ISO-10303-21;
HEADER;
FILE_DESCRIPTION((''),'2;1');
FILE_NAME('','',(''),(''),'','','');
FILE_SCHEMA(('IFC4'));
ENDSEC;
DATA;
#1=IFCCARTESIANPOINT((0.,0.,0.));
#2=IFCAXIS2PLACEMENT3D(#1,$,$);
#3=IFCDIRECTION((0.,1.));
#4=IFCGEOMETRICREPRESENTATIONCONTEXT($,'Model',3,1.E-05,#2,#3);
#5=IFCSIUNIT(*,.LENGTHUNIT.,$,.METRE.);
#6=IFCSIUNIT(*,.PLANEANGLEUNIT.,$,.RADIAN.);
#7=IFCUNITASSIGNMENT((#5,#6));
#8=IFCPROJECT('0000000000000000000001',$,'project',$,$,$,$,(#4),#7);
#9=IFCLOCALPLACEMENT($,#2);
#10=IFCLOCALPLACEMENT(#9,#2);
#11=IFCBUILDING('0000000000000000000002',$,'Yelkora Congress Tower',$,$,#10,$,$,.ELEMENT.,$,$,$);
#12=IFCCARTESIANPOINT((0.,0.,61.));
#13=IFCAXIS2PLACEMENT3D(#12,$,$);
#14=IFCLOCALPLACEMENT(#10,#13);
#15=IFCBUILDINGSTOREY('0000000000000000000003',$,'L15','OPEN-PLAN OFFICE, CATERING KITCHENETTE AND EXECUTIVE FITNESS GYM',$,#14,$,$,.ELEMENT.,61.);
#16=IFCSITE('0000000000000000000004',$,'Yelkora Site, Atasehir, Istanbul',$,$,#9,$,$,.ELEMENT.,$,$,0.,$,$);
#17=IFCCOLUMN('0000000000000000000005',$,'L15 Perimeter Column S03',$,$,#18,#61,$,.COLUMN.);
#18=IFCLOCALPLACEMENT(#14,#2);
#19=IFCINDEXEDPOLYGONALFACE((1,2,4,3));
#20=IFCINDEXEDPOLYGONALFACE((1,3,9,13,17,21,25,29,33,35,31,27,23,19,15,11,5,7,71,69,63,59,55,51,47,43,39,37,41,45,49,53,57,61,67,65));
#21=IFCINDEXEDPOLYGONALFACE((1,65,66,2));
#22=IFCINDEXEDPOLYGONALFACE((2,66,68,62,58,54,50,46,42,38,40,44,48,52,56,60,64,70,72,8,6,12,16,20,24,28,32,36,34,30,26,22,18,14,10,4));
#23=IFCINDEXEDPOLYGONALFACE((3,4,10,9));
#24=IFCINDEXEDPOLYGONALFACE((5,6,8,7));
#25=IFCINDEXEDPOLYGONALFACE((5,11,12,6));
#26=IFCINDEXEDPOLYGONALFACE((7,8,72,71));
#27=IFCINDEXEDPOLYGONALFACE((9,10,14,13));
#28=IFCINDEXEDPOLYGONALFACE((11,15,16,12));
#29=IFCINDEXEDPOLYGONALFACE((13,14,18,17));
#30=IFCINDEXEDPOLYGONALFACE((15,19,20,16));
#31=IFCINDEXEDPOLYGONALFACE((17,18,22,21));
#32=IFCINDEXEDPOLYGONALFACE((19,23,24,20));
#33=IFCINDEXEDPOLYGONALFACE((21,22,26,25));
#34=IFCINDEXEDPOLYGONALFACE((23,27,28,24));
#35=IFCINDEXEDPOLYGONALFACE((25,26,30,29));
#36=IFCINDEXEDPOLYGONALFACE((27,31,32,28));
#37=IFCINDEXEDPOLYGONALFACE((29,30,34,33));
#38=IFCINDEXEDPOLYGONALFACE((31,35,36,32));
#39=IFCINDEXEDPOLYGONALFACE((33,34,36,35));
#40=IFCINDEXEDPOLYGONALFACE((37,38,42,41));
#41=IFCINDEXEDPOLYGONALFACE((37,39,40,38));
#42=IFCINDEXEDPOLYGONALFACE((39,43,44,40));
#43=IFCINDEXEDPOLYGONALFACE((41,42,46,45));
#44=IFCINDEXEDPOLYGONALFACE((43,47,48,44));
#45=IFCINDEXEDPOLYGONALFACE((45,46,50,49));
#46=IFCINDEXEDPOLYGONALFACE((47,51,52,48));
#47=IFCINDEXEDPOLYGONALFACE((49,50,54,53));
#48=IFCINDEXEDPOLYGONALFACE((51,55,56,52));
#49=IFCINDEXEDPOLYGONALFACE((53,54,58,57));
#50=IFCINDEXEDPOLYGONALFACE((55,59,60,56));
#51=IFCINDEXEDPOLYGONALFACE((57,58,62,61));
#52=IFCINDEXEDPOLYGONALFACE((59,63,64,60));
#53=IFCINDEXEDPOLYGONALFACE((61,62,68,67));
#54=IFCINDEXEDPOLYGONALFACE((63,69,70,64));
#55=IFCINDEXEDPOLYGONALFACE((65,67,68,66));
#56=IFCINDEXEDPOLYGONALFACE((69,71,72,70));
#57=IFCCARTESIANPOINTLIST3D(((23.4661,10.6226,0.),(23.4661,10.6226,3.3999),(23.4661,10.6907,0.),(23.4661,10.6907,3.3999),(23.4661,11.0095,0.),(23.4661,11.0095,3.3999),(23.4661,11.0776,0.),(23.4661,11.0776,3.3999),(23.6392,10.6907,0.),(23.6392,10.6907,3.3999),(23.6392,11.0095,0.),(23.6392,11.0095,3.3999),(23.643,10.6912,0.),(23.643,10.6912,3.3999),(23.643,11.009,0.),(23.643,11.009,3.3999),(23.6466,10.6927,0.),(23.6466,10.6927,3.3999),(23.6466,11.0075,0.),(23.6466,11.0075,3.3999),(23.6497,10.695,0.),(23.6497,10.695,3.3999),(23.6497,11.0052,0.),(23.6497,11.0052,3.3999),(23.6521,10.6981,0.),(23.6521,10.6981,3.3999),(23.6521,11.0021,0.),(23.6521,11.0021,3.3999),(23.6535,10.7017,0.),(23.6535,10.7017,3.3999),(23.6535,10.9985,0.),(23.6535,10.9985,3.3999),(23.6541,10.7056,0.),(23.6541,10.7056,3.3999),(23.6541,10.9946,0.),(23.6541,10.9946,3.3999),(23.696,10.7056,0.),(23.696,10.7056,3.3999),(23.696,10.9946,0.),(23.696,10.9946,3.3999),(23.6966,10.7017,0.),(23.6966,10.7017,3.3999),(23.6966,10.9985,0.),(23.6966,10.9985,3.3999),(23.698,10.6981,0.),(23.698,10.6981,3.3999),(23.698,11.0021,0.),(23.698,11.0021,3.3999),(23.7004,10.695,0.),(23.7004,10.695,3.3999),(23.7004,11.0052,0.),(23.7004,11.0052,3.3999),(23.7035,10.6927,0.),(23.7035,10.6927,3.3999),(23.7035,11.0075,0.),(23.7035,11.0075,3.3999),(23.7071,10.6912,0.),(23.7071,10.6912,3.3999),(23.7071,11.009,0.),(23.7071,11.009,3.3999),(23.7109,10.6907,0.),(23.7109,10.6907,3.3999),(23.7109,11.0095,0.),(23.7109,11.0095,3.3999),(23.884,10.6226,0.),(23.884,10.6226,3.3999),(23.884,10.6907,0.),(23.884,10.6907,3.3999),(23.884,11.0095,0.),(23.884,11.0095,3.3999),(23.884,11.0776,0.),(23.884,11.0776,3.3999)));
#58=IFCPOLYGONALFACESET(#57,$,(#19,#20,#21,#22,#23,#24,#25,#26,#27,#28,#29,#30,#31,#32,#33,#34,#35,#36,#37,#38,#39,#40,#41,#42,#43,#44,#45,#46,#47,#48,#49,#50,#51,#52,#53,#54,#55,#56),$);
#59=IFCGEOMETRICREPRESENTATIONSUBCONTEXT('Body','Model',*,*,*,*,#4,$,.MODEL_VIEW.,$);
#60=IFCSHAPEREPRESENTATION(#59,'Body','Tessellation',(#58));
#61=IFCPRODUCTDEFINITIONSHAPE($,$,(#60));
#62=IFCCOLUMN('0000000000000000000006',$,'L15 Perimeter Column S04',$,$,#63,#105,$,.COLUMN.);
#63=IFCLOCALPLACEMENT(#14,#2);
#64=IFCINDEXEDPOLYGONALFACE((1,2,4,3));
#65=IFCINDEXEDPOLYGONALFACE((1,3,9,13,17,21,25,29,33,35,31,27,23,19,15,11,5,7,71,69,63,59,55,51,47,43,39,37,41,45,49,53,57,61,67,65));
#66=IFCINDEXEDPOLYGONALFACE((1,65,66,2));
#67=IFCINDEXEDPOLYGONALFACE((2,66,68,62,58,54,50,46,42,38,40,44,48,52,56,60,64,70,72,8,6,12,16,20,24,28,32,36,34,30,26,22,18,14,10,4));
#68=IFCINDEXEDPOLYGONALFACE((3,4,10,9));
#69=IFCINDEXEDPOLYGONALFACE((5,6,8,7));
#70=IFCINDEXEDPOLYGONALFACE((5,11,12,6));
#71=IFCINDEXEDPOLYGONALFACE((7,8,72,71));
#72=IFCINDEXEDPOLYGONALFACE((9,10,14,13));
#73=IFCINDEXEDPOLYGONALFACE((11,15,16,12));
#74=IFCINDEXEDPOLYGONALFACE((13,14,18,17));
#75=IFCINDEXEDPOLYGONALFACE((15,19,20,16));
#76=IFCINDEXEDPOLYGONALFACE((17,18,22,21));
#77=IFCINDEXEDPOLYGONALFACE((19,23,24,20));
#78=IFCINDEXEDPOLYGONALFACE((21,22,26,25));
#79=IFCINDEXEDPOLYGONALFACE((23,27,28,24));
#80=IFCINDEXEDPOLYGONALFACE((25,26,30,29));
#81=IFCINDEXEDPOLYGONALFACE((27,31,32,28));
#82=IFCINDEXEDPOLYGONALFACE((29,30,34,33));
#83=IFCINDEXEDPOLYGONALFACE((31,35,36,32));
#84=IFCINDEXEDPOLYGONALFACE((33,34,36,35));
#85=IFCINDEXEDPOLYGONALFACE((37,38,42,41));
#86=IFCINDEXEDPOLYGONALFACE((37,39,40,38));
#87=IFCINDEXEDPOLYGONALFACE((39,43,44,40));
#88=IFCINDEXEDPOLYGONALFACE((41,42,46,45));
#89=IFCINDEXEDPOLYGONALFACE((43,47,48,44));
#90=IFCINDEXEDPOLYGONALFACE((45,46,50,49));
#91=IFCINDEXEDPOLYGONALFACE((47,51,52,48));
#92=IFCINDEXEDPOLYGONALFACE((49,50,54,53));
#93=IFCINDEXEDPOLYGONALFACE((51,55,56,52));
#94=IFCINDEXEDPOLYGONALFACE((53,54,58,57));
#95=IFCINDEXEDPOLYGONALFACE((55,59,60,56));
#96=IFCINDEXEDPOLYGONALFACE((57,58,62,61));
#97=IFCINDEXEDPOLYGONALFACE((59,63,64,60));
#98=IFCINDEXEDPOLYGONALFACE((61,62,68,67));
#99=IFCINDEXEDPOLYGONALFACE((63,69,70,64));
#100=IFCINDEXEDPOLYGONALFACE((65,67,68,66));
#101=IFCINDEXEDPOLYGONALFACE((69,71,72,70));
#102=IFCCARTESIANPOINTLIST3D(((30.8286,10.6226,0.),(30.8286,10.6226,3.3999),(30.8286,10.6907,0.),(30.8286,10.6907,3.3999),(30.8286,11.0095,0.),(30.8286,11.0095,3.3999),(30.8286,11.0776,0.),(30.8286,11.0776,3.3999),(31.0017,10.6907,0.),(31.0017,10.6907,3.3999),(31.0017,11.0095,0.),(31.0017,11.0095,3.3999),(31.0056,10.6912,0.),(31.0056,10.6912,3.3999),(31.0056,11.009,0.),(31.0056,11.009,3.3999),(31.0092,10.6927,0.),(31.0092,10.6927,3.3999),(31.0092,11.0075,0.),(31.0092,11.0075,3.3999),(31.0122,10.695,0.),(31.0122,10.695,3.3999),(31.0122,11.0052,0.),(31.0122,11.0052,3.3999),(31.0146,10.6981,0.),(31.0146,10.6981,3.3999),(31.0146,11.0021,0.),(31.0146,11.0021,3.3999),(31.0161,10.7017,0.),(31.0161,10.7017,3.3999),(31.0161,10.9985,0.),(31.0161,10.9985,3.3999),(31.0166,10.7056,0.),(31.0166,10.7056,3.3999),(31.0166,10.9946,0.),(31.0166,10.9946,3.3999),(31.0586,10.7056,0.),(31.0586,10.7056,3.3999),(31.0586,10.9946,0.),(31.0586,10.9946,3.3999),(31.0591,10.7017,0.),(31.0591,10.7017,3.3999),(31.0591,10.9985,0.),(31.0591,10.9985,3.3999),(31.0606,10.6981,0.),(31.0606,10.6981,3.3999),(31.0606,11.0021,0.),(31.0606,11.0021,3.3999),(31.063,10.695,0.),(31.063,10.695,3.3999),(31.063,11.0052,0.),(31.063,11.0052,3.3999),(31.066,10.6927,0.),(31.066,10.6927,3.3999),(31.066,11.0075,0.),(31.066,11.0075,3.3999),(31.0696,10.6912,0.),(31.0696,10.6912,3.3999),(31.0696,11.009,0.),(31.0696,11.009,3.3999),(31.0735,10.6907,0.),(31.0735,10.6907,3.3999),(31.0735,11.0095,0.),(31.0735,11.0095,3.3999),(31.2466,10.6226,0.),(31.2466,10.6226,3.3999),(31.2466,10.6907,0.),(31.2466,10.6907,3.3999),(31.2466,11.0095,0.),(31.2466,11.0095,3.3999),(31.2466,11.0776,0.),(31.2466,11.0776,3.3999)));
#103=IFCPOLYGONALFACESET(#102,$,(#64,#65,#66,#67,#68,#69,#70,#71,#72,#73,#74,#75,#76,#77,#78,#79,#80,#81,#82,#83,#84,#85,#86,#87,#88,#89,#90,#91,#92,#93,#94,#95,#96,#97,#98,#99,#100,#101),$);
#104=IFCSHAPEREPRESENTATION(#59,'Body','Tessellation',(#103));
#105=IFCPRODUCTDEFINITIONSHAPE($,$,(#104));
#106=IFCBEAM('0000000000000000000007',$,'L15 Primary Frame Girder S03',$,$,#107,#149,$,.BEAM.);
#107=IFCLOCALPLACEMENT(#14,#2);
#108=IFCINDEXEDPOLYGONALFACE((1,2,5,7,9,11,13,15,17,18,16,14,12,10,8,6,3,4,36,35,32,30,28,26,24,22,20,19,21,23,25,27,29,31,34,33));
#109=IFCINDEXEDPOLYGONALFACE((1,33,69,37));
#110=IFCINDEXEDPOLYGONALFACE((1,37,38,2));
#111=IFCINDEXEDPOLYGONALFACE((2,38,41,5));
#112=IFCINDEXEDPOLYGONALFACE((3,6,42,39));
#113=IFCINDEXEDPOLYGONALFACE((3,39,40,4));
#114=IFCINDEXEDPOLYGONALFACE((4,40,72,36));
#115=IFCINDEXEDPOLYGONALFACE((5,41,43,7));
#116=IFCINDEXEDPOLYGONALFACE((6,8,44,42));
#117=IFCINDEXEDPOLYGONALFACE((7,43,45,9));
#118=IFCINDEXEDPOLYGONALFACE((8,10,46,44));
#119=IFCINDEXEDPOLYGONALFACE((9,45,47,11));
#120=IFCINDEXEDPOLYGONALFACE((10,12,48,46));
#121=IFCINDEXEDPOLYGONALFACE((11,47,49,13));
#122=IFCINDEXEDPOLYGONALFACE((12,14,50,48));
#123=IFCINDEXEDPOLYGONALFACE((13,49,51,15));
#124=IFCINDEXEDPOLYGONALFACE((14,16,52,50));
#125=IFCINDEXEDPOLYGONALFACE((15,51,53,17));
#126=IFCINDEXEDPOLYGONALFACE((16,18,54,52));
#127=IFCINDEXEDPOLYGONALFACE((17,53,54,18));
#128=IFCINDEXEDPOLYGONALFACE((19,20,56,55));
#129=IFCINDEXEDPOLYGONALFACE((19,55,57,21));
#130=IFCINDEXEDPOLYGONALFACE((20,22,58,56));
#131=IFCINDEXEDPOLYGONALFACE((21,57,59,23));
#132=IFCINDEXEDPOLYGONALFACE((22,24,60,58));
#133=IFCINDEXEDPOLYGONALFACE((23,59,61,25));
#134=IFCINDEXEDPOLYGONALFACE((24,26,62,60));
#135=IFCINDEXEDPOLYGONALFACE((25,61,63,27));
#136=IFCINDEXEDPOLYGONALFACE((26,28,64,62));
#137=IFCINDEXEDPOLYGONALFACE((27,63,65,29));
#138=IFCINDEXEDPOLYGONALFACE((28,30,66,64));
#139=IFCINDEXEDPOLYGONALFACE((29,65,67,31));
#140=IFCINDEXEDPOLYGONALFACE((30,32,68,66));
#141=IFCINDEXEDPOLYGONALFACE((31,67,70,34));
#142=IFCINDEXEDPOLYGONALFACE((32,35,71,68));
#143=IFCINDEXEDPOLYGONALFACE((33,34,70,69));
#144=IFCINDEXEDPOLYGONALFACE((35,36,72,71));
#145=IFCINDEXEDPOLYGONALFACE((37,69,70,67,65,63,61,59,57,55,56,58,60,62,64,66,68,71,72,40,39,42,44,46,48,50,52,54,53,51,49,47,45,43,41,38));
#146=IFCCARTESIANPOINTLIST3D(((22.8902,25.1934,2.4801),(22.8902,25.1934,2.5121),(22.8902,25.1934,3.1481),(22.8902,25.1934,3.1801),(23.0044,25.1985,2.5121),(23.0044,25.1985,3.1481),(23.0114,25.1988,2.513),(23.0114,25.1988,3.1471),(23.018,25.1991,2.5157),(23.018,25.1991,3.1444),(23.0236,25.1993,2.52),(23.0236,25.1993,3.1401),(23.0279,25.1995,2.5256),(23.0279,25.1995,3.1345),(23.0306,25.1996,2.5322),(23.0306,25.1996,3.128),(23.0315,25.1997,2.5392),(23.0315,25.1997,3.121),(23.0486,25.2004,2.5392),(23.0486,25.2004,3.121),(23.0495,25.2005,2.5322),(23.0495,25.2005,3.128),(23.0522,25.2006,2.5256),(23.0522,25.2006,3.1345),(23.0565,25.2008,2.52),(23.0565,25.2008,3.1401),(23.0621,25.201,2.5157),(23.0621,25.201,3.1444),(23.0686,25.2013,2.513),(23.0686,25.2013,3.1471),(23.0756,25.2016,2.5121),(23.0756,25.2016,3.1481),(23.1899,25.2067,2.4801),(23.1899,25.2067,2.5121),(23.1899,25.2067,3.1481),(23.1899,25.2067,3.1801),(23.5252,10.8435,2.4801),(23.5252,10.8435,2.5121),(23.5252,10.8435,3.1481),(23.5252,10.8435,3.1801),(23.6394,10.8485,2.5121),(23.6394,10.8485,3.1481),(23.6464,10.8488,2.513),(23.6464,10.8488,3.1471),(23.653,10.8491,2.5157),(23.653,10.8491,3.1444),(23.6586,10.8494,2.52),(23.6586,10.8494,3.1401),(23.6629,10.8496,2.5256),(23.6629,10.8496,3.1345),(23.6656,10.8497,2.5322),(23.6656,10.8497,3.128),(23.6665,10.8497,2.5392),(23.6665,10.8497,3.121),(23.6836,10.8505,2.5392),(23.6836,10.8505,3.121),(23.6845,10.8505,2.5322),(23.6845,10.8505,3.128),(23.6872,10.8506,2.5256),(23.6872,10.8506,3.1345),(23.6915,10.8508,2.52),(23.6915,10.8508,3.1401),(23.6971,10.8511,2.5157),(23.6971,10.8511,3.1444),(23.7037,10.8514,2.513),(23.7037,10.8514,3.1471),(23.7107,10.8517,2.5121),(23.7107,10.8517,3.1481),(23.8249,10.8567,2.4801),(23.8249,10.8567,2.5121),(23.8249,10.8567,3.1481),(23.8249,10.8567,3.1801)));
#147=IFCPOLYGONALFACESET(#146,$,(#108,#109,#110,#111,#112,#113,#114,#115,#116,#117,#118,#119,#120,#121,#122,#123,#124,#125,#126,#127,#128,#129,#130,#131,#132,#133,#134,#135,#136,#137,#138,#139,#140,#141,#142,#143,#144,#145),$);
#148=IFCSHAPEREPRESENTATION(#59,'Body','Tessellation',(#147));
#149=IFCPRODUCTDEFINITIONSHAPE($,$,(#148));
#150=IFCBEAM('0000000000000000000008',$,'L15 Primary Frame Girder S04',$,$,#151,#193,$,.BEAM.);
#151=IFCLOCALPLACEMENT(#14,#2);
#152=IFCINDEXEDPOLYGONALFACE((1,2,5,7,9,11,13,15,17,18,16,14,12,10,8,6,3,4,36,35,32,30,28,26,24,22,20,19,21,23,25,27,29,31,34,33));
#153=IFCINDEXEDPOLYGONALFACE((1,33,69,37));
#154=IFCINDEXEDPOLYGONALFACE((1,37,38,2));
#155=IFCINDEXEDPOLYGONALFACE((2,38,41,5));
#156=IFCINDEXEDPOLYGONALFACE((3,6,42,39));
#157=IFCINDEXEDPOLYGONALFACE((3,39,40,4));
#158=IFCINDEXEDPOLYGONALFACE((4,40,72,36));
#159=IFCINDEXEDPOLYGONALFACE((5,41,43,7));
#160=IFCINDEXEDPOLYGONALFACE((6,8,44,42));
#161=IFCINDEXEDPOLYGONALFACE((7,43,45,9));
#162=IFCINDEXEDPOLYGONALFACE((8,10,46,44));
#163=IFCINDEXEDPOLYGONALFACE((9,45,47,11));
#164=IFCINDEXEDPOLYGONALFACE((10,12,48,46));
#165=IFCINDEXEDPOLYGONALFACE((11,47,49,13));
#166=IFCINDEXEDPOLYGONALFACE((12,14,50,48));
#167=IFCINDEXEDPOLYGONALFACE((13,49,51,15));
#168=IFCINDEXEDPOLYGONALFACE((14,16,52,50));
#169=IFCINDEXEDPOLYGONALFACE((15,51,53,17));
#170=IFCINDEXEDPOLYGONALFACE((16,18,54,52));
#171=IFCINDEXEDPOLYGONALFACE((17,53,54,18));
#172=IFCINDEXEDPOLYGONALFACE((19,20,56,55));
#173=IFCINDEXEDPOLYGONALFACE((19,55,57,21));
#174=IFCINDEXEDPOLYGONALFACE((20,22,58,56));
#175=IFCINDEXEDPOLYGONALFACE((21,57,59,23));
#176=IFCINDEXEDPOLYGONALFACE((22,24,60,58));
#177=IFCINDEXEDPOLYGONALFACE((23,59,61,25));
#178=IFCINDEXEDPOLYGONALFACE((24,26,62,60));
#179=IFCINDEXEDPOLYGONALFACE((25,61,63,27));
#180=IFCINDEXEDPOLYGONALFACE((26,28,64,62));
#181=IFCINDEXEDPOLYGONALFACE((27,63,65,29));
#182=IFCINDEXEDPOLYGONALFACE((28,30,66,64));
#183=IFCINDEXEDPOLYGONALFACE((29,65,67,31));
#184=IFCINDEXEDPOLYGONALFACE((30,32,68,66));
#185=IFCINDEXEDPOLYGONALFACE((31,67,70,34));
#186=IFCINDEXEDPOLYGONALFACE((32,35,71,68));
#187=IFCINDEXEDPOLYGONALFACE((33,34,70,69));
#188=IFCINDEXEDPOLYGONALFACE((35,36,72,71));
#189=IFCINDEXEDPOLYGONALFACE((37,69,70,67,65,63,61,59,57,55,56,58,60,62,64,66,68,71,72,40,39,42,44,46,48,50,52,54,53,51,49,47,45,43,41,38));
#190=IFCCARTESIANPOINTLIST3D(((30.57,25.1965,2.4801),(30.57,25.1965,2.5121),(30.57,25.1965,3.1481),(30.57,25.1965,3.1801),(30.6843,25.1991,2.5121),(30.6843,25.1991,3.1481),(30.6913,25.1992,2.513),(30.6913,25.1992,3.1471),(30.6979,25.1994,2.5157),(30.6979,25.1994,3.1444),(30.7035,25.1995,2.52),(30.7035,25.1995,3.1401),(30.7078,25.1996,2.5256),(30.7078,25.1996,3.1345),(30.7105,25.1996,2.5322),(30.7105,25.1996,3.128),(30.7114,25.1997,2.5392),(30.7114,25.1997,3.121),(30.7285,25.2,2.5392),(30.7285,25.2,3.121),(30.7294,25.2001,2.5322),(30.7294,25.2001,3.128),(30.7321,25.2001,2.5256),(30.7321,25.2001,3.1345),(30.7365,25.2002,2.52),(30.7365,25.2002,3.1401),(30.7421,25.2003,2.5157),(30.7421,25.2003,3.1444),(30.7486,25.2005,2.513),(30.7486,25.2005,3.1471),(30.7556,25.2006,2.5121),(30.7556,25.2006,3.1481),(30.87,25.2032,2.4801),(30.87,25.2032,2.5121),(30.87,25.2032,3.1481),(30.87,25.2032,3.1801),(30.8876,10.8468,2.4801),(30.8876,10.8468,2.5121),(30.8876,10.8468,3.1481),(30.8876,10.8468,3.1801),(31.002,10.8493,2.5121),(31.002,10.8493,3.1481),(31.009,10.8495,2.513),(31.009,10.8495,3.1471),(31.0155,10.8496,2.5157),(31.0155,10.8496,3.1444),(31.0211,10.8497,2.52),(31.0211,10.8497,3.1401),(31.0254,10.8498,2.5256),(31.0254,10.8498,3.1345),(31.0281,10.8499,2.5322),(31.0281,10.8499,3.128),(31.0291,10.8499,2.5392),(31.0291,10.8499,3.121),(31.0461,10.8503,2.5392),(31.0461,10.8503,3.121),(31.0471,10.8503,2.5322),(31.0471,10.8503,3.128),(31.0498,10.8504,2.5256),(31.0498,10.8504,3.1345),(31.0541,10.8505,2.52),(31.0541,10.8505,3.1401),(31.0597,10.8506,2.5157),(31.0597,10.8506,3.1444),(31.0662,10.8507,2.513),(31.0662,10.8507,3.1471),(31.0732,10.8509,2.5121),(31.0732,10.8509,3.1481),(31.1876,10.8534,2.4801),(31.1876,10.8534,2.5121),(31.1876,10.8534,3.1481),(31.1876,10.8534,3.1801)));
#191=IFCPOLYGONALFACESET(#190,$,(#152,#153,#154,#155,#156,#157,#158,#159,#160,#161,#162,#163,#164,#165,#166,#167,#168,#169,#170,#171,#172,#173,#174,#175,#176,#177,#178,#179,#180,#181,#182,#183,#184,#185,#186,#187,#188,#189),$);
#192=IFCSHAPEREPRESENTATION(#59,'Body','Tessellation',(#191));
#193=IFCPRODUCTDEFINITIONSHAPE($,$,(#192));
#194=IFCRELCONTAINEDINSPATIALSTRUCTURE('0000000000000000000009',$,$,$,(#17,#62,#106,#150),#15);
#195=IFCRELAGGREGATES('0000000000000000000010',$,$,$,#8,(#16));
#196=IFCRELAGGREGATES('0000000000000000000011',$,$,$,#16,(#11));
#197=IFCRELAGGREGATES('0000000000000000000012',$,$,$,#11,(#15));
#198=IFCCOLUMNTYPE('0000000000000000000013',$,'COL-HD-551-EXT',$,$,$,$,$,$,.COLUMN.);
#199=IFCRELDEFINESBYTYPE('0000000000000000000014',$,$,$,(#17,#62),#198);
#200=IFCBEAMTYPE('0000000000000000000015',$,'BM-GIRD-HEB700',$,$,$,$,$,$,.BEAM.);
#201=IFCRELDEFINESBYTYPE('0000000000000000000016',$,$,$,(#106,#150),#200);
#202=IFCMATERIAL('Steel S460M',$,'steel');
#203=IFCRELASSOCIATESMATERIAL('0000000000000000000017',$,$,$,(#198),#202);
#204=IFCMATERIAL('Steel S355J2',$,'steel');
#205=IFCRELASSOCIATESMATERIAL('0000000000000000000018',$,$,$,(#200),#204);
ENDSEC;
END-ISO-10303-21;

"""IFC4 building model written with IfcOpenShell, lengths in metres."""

from ifc_helpers import new_model, si_unit, direction, frame, origin, origin_2d, place, context, subcontext, project, spatial, i_section, extrude, material, material_profile, profile_set, type_object, element, save


model = new_model("IFC4")

# Units and contexts
model_context = context("Model", 3, precision=1e-05, world=origin(), true_north=direction((0.0, 1.0)))
body_context = subcontext(model_context, "Body", "Model", "MODEL_VIEW")
ifc_project = project(units=[si_unit("LENGTHUNIT", "METRE"), si_unit("PLANEANGLEUNIT", "RADIAN")], contexts=[model_context])

# Site, building, storey
site_placement = place(None, origin())
site = spatial("IfcSite", under=ifc_project, at=site_placement, Name="Yelkora Site, Atasehir, Istanbul", CompositionType="ELEMENT", RefElevation=0.0)
building_placement = place(site_placement, origin())
building = spatial("IfcBuilding", under=site, at=building_placement, Name="Yelkora Congress Tower", CompositionType="ELEMENT")
storey_placement = place(building_placement, frame((0.0, 0.0, 61.0)))
storey = spatial("IfcBuildingStorey", under=building, at=storey_placement, Name="L15", Description="OPEN-PLAN OFFICE, CATERING KITCHENETTE AND EXECUTIVE FITNESS GYM", CompositionType="ELEMENT", Elevation=61.0)

# Columns
ifc_material_1 = material(Name="Steel S460M", Category="steel")
ifc_material_profile_1 = material_profile(ifc_material_1, i_section(OverallWidth=0.418, OverallDepth=0.4551, WebThickness=0.042, FlangeThickness=0.0681, FilletRadius=0.0149, at=origin_2d()), Name="HD 400x551")
ifc_profile_set_1 = profile_set([ifc_material_profile_1], Name="Steel S460M")
column_type = type_object("IfcColumnType", Name="COL-HD-551-EXT", PredefinedType="COLUMN", material=ifc_profile_set_1)
for number, where, z_axis, x_axis, name in (
    (1, (23.675, 10.8501, 0.0), (0.0, 0.0, 1.0), (1.0, 0.0, 0.0), "L15 Perimeter Column S03"),
    (2, (31.0376, 10.8501, 0.0), (0.0, 0.0, 1.0), (1.0, 0.0, 0.0), "L15 Perimeter Column S04"),
):
    element("IfcColumn", number, at=place(storey_placement, frame(where, z_axis=z_axis, x_axis=x_axis)), inside=storey, type_object=column_type, Name=name, PredefinedType="COLUMN", context=body_context, shape_type="SweptSolid", body=[
        extrude(i_section(OverallWidth=0.418, OverallDepth=0.4551, WebThickness=0.042, FlangeThickness=0.0681, FilletRadius=0.0149, at=origin_2d()), origin(), (0.0, 0.0, 1.0), 3.3999),
    ])

# Beams
ifc_material_2 = material(Name="Steel S355J2", Category="steel")
ifc_material_profile_2 = material_profile(ifc_material_2, i_section(OverallWidth=0.3, OverallDepth=0.7, WebThickness=0.0171, FlangeThickness=0.032, FilletRadius=0.0271, at=origin_2d()), Name="HEB 700")
ifc_profile_set_2 = profile_set([ifc_material_profile_2], Name="Steel S355J2")
beam_type_1 = type_object("IfcBeamType", Name="BM-GIRD-HEB700", PredefinedType="BEAM", material=ifc_profile_set_2)
beam_1_placement = place(storey_placement, frame((23.675, 10.8501, 2.8301), z_axis=(-0.044209, 0.999022, 0.0), x_axis=(-0.999022, -0.044209, 0.0)))
element("IfcBeam", 3, at=beam_1_placement, inside=storey, type_object=beam_type_1, Name="L15 Primary Frame Girder S03", PredefinedType="BEAM", context=body_context, shape_type="SweptSolid", body=[
    extrude(i_section(OverallWidth=0.3, OverallDepth=0.7, WebThickness=0.0171, FlangeThickness=0.032, FilletRadius=0.0271, at=origin_2d()), origin(), (0.0, 0.0, 1.0), 14.364),
])
beam_2_placement = place(storey_placement, frame((31.0376, 10.8501, 2.8301), z_axis=(-0.022129, 0.999755, 0.0), x_axis=(-0.999755, -0.022129, 0.0)))
element("IfcBeam", 4, at=beam_2_placement, inside=storey, type_object=beam_type_1, Name="L15 Primary Frame Girder S04", PredefinedType="BEAM", context=body_context, shape_type="SweptSolid", body=[
    extrude(i_section(OverallWidth=0.3, OverallDepth=0.7, WebThickness=0.0171, FlangeThickness=0.032, FilletRadius=0.0271, at=origin_2d()), origin(), (0.0, 0.0, 1.0), 14.3533),
])

save(model, "model.ifc")
